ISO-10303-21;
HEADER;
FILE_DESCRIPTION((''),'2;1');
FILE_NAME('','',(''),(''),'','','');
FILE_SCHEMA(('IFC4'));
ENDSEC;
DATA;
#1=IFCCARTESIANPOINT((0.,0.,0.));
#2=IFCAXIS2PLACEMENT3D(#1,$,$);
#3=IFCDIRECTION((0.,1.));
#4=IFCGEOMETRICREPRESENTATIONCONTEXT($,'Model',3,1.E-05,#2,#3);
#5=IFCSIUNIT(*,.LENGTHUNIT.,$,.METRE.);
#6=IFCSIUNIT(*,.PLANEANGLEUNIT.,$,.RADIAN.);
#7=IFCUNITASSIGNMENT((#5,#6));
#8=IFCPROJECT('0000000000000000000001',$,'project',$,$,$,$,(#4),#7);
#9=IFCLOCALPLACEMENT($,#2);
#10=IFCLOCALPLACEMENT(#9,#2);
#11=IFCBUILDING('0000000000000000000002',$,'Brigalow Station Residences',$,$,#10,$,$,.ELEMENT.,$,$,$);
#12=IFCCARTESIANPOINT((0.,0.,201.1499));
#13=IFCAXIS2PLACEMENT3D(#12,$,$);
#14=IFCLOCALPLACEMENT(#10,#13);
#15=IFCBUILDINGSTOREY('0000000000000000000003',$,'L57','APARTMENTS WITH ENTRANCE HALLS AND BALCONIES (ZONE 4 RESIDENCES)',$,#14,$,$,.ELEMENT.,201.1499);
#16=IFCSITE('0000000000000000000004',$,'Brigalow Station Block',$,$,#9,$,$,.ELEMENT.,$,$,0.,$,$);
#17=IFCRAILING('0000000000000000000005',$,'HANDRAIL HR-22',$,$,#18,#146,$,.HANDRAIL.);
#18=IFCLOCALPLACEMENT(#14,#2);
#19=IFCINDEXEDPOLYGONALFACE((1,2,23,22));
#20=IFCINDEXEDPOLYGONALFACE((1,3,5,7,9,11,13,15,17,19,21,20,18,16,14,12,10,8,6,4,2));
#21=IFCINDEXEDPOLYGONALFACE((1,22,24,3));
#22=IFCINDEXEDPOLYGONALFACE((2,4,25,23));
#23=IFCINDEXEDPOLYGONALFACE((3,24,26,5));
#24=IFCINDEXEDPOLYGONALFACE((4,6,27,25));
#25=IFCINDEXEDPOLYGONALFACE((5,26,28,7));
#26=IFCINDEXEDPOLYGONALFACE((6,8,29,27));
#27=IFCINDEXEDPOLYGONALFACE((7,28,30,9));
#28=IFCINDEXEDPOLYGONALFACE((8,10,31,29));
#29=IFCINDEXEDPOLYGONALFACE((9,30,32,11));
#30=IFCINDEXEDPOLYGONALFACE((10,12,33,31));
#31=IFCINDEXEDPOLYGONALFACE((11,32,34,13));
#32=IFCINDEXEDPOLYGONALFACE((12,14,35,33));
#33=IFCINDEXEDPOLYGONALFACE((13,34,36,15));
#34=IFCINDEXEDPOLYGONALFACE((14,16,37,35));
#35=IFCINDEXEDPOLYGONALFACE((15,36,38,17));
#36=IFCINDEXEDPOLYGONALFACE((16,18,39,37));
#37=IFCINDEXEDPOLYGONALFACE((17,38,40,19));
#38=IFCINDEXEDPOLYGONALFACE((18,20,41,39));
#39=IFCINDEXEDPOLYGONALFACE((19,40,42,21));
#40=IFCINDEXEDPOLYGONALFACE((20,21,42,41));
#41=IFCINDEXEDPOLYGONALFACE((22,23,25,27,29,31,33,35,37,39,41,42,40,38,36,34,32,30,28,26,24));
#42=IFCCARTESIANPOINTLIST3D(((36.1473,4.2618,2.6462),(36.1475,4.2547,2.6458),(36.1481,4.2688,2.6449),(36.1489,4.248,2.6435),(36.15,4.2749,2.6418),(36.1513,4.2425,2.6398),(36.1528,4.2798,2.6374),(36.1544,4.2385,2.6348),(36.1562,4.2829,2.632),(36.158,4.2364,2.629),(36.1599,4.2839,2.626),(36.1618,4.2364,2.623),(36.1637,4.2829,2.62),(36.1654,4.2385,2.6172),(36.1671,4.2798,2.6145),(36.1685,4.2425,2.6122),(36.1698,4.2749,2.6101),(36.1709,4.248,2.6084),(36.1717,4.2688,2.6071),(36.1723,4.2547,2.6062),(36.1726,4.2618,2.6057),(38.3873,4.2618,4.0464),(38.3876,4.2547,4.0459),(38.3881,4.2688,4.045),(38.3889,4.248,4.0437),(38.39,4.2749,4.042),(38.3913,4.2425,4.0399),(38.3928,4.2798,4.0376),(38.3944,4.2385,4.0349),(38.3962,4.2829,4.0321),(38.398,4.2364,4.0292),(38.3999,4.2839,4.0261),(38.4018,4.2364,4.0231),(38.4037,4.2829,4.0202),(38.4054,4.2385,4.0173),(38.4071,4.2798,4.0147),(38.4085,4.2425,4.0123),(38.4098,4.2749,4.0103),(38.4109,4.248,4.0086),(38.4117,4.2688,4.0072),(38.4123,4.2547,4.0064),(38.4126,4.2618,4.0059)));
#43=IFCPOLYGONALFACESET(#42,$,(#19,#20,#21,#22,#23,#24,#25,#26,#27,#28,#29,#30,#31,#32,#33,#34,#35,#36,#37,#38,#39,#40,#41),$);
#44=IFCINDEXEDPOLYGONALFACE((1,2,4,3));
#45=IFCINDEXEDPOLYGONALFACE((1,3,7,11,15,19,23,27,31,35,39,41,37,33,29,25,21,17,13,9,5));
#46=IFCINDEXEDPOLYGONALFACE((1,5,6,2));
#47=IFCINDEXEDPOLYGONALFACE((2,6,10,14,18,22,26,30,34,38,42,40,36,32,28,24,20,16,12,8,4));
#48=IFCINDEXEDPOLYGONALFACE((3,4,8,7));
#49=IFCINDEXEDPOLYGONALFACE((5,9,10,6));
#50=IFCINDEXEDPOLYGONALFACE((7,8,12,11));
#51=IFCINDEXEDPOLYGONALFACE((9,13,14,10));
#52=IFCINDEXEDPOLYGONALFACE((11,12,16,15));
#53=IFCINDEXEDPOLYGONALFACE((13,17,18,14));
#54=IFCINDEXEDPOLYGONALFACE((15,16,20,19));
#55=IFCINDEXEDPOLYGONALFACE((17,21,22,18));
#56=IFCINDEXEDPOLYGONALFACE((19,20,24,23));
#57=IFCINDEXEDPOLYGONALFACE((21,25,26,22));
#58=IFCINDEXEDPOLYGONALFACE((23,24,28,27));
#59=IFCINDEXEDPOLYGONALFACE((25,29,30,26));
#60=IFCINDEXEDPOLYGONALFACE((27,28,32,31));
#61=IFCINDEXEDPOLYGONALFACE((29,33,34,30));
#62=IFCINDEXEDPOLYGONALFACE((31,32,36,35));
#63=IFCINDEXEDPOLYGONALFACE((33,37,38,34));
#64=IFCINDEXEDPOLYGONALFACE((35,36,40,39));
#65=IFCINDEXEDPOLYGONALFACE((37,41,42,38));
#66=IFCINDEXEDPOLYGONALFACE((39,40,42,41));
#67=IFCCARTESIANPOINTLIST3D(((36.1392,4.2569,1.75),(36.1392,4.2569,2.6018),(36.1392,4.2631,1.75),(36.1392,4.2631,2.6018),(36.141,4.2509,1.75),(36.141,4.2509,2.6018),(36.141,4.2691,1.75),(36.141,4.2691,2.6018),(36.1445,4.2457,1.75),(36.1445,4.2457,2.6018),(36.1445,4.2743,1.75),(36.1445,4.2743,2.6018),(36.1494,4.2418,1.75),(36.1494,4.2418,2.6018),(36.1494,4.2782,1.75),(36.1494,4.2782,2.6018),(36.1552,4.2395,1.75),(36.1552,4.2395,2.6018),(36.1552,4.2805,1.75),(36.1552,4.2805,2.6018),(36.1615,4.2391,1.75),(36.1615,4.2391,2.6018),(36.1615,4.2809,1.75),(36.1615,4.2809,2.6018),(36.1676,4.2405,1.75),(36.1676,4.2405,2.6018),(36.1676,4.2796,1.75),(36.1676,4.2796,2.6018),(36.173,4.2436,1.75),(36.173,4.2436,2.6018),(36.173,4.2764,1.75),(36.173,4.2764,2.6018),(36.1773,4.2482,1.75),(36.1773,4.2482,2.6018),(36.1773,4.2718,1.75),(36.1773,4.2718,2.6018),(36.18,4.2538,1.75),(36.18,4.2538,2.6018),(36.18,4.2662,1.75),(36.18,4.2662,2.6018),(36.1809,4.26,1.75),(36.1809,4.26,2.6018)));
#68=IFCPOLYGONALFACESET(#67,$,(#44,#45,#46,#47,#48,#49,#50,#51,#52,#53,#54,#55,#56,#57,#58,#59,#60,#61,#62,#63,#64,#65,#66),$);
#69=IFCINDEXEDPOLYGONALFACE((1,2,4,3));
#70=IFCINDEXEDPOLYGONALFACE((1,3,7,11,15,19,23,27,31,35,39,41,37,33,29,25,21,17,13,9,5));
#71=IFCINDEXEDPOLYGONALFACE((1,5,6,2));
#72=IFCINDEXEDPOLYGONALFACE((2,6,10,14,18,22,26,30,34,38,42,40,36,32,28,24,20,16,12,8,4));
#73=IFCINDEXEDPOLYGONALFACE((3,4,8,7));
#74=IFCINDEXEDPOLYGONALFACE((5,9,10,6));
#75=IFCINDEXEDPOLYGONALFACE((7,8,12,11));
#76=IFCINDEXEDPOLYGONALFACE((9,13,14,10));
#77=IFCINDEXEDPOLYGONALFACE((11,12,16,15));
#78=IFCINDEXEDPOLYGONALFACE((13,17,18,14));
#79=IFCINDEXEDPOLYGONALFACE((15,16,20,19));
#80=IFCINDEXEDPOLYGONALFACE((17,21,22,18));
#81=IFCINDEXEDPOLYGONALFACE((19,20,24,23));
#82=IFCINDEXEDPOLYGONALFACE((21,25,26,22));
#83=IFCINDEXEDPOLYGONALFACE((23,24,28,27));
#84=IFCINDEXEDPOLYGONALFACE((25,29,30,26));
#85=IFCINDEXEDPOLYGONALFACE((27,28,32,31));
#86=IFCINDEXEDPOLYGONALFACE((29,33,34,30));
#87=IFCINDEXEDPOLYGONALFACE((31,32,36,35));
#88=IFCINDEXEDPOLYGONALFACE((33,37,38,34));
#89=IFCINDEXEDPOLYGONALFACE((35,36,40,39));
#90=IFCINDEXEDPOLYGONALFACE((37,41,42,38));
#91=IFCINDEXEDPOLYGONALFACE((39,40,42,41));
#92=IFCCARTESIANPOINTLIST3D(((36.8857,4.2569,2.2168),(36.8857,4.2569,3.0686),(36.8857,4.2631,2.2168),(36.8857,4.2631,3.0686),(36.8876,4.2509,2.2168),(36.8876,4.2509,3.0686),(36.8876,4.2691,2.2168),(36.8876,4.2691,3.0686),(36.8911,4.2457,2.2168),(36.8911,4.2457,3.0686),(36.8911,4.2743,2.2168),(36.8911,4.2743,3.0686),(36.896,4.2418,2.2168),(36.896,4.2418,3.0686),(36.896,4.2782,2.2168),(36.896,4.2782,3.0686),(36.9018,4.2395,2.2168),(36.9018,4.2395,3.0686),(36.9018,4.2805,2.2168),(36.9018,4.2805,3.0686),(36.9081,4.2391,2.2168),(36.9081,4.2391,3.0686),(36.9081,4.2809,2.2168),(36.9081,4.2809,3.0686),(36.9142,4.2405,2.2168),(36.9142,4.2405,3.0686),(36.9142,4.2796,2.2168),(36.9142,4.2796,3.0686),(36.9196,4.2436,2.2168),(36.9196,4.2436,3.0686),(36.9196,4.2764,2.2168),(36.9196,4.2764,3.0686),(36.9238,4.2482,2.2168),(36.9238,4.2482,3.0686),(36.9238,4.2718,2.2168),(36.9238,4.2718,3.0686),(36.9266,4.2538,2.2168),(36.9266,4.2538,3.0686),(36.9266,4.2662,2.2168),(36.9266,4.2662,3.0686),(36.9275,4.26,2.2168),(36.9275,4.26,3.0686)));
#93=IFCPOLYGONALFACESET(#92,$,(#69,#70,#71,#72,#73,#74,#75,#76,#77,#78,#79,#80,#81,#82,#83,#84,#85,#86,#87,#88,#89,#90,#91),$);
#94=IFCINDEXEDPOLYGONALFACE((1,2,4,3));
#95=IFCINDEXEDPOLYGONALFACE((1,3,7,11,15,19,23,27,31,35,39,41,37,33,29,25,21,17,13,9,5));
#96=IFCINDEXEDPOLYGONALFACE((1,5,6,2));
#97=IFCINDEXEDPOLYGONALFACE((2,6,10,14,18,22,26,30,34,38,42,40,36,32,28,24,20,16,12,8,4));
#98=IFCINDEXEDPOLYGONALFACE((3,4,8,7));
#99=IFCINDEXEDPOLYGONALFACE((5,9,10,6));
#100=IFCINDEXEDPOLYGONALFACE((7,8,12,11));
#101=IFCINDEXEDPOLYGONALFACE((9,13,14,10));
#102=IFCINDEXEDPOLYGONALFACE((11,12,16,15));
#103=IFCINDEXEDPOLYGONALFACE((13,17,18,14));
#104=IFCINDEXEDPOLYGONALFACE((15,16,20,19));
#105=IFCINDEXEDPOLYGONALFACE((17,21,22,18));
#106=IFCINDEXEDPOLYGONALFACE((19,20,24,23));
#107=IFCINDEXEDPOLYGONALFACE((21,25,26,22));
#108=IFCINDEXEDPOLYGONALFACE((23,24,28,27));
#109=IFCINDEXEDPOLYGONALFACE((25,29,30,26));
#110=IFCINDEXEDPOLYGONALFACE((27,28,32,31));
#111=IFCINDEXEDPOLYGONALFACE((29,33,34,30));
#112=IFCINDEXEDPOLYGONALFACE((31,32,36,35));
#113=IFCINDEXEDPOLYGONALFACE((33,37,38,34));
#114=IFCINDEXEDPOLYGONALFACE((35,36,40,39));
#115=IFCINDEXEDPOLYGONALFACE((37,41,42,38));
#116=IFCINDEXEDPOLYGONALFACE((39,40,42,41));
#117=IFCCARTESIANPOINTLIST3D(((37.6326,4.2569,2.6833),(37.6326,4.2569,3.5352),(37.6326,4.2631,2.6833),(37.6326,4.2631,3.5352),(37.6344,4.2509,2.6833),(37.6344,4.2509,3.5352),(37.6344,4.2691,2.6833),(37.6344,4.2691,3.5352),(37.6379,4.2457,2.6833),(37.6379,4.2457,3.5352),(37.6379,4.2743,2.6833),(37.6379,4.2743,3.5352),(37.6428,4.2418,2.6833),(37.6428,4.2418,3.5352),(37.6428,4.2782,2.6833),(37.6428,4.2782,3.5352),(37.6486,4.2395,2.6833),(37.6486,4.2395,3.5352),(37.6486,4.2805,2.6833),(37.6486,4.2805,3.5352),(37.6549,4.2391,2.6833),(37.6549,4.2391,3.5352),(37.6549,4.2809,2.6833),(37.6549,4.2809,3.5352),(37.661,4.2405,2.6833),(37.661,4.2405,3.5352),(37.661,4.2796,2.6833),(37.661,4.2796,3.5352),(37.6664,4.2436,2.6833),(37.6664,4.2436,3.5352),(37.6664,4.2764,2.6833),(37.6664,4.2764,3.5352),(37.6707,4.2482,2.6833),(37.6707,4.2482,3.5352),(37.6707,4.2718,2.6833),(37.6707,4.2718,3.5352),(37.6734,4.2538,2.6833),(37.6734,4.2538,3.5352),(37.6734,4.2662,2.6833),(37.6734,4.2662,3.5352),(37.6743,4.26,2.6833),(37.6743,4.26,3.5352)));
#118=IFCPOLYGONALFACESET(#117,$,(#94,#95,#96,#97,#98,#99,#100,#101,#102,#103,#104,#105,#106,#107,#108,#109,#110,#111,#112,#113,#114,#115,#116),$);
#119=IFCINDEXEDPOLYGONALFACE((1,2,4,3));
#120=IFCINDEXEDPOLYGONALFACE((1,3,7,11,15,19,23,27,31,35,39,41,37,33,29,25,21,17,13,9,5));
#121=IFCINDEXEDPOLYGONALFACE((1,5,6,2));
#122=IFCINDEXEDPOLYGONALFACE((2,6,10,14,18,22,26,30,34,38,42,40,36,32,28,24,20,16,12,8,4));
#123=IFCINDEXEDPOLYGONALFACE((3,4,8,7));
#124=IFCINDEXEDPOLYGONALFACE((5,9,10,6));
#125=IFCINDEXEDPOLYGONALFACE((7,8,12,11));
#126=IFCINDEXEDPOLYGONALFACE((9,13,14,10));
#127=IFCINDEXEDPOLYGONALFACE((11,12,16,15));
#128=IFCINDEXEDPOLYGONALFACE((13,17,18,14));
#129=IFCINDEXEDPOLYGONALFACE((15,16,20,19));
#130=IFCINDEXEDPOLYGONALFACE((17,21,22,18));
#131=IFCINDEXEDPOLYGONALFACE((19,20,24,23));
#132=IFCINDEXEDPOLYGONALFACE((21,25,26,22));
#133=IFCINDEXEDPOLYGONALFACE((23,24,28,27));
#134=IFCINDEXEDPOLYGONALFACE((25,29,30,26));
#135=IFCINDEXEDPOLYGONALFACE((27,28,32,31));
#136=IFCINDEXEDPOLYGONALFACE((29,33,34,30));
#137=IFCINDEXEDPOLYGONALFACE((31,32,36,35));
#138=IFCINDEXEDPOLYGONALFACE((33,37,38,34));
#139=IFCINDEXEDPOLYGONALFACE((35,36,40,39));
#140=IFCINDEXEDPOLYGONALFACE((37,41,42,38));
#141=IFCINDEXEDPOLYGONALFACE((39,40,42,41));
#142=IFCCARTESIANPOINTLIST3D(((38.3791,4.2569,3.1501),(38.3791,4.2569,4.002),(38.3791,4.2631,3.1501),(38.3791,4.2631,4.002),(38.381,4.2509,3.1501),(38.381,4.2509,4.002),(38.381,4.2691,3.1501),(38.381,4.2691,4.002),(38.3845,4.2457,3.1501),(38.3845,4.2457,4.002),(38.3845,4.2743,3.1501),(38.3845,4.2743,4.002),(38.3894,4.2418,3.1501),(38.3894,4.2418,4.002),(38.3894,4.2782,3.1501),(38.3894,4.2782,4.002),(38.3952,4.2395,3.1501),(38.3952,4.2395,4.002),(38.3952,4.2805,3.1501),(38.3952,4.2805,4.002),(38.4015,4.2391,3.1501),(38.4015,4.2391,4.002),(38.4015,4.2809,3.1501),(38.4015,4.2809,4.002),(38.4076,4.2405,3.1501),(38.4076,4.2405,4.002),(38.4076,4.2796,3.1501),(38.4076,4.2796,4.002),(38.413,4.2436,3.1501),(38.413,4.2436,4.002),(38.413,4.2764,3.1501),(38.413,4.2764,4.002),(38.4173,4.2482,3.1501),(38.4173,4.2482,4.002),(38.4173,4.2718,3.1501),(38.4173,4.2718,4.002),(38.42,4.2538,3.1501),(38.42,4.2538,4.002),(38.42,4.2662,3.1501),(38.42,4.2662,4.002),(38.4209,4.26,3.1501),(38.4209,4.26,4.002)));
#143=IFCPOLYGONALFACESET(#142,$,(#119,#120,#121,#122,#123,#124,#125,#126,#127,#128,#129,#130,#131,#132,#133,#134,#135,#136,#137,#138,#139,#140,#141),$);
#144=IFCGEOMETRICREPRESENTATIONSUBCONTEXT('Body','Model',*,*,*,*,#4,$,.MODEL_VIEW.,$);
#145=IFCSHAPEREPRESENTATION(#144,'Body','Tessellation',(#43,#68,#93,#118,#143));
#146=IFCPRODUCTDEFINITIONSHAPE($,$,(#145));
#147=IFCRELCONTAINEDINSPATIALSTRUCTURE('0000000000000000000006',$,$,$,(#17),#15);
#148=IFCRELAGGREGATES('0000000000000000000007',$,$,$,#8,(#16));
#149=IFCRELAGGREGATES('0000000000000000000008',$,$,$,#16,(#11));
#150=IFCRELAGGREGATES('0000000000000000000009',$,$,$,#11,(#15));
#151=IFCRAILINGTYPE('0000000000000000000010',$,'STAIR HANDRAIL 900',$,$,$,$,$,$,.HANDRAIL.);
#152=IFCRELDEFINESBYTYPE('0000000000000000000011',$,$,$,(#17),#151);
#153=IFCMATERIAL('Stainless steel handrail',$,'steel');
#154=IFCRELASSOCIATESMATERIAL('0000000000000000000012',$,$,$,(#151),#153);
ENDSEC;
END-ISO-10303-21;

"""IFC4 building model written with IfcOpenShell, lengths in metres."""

from ifc_helpers import new_model, si_unit, direction, frame, origin, origin_2d, place, context, subcontext, project, spatial, circle, extrude, material, type_object, element, save


model = new_model("IFC4")

# Units and contexts
model_context = context("Model", 3, precision=1e-05, world=origin(), true_north=direction((0.0, 1.0)))
body_context = subcontext(model_context, "Body", "Model", "MODEL_VIEW")
ifc_project = project(units=[si_unit("LENGTHUNIT", "METRE"), si_unit("PLANEANGLEUNIT", "RADIAN")], contexts=[model_context])

# Site, building, storey
site_placement = place(None, origin())
site = spatial("IfcSite", under=ifc_project, at=site_placement, Name="Brigalow Station Block", CompositionType="ELEMENT", RefElevation=0.0)
building_placement = place(site_placement, origin())
building = spatial("IfcBuilding", under=site, at=building_placement, Name="Brigalow Station Residences", CompositionType="ELEMENT")
storey_placement = place(building_placement, frame((0.0, 0.0, 201.1499)))
storey = spatial("IfcBuildingStorey", under=building, at=storey_placement, Name="L57", Description="APARTMENTS WITH ENTRANCE HALLS AND BALCONIES (ZONE 4 RESIDENCES)", CompositionType="ELEMENT", Elevation=201.1499)

# Railing
ifc_material_1 = material(Name="Stainless steel handrail", Category="steel")
railing_type = type_object("IfcRailingType", Name="STAIR HANDRAIL 900", PredefinedType="HANDRAIL", material=ifc_material_1)
railing_placement = place(storey_placement, frame((36.1599, 4.26, 1.75)))
element("IfcRailing", 1, at=railing_placement, inside=storey, type_object=railing_type, Name="HANDRAIL HR-22", PredefinedType="HANDRAIL", context=body_context, shape_type="SweptSolid", body=[
    extrude(circle(Radius=0.0239, at=origin_2d()), frame((0.0, 0.0, 0.876), z_axis=(0.847972, 0.0, 0.53004), x_axis=(0.0, 1.0, 0.0)), (0.0, 0.0, 1.0), 2.6416),
    extrude(circle(Radius=0.021, at=origin_2d()), origin(), (0.0, 0.0, 1.0), 0.8518),
    extrude(circle(Radius=0.021, at=origin_2d()), frame((0.7466, 0.0, 0.4668)), (0.0, 0.0, 1.0), 0.8518),
    extrude(circle(Radius=0.021, at=origin_2d()), frame((1.4934, 0.0, 0.9333)), (0.0, 0.0, 1.0), 0.8518),
    extrude(circle(Radius=0.021, at=origin_2d()), frame((2.24, 0.0, 1.4001)), (0.0, 0.0, 1.0), 0.8518),
])

save(model, "model.ifc")
